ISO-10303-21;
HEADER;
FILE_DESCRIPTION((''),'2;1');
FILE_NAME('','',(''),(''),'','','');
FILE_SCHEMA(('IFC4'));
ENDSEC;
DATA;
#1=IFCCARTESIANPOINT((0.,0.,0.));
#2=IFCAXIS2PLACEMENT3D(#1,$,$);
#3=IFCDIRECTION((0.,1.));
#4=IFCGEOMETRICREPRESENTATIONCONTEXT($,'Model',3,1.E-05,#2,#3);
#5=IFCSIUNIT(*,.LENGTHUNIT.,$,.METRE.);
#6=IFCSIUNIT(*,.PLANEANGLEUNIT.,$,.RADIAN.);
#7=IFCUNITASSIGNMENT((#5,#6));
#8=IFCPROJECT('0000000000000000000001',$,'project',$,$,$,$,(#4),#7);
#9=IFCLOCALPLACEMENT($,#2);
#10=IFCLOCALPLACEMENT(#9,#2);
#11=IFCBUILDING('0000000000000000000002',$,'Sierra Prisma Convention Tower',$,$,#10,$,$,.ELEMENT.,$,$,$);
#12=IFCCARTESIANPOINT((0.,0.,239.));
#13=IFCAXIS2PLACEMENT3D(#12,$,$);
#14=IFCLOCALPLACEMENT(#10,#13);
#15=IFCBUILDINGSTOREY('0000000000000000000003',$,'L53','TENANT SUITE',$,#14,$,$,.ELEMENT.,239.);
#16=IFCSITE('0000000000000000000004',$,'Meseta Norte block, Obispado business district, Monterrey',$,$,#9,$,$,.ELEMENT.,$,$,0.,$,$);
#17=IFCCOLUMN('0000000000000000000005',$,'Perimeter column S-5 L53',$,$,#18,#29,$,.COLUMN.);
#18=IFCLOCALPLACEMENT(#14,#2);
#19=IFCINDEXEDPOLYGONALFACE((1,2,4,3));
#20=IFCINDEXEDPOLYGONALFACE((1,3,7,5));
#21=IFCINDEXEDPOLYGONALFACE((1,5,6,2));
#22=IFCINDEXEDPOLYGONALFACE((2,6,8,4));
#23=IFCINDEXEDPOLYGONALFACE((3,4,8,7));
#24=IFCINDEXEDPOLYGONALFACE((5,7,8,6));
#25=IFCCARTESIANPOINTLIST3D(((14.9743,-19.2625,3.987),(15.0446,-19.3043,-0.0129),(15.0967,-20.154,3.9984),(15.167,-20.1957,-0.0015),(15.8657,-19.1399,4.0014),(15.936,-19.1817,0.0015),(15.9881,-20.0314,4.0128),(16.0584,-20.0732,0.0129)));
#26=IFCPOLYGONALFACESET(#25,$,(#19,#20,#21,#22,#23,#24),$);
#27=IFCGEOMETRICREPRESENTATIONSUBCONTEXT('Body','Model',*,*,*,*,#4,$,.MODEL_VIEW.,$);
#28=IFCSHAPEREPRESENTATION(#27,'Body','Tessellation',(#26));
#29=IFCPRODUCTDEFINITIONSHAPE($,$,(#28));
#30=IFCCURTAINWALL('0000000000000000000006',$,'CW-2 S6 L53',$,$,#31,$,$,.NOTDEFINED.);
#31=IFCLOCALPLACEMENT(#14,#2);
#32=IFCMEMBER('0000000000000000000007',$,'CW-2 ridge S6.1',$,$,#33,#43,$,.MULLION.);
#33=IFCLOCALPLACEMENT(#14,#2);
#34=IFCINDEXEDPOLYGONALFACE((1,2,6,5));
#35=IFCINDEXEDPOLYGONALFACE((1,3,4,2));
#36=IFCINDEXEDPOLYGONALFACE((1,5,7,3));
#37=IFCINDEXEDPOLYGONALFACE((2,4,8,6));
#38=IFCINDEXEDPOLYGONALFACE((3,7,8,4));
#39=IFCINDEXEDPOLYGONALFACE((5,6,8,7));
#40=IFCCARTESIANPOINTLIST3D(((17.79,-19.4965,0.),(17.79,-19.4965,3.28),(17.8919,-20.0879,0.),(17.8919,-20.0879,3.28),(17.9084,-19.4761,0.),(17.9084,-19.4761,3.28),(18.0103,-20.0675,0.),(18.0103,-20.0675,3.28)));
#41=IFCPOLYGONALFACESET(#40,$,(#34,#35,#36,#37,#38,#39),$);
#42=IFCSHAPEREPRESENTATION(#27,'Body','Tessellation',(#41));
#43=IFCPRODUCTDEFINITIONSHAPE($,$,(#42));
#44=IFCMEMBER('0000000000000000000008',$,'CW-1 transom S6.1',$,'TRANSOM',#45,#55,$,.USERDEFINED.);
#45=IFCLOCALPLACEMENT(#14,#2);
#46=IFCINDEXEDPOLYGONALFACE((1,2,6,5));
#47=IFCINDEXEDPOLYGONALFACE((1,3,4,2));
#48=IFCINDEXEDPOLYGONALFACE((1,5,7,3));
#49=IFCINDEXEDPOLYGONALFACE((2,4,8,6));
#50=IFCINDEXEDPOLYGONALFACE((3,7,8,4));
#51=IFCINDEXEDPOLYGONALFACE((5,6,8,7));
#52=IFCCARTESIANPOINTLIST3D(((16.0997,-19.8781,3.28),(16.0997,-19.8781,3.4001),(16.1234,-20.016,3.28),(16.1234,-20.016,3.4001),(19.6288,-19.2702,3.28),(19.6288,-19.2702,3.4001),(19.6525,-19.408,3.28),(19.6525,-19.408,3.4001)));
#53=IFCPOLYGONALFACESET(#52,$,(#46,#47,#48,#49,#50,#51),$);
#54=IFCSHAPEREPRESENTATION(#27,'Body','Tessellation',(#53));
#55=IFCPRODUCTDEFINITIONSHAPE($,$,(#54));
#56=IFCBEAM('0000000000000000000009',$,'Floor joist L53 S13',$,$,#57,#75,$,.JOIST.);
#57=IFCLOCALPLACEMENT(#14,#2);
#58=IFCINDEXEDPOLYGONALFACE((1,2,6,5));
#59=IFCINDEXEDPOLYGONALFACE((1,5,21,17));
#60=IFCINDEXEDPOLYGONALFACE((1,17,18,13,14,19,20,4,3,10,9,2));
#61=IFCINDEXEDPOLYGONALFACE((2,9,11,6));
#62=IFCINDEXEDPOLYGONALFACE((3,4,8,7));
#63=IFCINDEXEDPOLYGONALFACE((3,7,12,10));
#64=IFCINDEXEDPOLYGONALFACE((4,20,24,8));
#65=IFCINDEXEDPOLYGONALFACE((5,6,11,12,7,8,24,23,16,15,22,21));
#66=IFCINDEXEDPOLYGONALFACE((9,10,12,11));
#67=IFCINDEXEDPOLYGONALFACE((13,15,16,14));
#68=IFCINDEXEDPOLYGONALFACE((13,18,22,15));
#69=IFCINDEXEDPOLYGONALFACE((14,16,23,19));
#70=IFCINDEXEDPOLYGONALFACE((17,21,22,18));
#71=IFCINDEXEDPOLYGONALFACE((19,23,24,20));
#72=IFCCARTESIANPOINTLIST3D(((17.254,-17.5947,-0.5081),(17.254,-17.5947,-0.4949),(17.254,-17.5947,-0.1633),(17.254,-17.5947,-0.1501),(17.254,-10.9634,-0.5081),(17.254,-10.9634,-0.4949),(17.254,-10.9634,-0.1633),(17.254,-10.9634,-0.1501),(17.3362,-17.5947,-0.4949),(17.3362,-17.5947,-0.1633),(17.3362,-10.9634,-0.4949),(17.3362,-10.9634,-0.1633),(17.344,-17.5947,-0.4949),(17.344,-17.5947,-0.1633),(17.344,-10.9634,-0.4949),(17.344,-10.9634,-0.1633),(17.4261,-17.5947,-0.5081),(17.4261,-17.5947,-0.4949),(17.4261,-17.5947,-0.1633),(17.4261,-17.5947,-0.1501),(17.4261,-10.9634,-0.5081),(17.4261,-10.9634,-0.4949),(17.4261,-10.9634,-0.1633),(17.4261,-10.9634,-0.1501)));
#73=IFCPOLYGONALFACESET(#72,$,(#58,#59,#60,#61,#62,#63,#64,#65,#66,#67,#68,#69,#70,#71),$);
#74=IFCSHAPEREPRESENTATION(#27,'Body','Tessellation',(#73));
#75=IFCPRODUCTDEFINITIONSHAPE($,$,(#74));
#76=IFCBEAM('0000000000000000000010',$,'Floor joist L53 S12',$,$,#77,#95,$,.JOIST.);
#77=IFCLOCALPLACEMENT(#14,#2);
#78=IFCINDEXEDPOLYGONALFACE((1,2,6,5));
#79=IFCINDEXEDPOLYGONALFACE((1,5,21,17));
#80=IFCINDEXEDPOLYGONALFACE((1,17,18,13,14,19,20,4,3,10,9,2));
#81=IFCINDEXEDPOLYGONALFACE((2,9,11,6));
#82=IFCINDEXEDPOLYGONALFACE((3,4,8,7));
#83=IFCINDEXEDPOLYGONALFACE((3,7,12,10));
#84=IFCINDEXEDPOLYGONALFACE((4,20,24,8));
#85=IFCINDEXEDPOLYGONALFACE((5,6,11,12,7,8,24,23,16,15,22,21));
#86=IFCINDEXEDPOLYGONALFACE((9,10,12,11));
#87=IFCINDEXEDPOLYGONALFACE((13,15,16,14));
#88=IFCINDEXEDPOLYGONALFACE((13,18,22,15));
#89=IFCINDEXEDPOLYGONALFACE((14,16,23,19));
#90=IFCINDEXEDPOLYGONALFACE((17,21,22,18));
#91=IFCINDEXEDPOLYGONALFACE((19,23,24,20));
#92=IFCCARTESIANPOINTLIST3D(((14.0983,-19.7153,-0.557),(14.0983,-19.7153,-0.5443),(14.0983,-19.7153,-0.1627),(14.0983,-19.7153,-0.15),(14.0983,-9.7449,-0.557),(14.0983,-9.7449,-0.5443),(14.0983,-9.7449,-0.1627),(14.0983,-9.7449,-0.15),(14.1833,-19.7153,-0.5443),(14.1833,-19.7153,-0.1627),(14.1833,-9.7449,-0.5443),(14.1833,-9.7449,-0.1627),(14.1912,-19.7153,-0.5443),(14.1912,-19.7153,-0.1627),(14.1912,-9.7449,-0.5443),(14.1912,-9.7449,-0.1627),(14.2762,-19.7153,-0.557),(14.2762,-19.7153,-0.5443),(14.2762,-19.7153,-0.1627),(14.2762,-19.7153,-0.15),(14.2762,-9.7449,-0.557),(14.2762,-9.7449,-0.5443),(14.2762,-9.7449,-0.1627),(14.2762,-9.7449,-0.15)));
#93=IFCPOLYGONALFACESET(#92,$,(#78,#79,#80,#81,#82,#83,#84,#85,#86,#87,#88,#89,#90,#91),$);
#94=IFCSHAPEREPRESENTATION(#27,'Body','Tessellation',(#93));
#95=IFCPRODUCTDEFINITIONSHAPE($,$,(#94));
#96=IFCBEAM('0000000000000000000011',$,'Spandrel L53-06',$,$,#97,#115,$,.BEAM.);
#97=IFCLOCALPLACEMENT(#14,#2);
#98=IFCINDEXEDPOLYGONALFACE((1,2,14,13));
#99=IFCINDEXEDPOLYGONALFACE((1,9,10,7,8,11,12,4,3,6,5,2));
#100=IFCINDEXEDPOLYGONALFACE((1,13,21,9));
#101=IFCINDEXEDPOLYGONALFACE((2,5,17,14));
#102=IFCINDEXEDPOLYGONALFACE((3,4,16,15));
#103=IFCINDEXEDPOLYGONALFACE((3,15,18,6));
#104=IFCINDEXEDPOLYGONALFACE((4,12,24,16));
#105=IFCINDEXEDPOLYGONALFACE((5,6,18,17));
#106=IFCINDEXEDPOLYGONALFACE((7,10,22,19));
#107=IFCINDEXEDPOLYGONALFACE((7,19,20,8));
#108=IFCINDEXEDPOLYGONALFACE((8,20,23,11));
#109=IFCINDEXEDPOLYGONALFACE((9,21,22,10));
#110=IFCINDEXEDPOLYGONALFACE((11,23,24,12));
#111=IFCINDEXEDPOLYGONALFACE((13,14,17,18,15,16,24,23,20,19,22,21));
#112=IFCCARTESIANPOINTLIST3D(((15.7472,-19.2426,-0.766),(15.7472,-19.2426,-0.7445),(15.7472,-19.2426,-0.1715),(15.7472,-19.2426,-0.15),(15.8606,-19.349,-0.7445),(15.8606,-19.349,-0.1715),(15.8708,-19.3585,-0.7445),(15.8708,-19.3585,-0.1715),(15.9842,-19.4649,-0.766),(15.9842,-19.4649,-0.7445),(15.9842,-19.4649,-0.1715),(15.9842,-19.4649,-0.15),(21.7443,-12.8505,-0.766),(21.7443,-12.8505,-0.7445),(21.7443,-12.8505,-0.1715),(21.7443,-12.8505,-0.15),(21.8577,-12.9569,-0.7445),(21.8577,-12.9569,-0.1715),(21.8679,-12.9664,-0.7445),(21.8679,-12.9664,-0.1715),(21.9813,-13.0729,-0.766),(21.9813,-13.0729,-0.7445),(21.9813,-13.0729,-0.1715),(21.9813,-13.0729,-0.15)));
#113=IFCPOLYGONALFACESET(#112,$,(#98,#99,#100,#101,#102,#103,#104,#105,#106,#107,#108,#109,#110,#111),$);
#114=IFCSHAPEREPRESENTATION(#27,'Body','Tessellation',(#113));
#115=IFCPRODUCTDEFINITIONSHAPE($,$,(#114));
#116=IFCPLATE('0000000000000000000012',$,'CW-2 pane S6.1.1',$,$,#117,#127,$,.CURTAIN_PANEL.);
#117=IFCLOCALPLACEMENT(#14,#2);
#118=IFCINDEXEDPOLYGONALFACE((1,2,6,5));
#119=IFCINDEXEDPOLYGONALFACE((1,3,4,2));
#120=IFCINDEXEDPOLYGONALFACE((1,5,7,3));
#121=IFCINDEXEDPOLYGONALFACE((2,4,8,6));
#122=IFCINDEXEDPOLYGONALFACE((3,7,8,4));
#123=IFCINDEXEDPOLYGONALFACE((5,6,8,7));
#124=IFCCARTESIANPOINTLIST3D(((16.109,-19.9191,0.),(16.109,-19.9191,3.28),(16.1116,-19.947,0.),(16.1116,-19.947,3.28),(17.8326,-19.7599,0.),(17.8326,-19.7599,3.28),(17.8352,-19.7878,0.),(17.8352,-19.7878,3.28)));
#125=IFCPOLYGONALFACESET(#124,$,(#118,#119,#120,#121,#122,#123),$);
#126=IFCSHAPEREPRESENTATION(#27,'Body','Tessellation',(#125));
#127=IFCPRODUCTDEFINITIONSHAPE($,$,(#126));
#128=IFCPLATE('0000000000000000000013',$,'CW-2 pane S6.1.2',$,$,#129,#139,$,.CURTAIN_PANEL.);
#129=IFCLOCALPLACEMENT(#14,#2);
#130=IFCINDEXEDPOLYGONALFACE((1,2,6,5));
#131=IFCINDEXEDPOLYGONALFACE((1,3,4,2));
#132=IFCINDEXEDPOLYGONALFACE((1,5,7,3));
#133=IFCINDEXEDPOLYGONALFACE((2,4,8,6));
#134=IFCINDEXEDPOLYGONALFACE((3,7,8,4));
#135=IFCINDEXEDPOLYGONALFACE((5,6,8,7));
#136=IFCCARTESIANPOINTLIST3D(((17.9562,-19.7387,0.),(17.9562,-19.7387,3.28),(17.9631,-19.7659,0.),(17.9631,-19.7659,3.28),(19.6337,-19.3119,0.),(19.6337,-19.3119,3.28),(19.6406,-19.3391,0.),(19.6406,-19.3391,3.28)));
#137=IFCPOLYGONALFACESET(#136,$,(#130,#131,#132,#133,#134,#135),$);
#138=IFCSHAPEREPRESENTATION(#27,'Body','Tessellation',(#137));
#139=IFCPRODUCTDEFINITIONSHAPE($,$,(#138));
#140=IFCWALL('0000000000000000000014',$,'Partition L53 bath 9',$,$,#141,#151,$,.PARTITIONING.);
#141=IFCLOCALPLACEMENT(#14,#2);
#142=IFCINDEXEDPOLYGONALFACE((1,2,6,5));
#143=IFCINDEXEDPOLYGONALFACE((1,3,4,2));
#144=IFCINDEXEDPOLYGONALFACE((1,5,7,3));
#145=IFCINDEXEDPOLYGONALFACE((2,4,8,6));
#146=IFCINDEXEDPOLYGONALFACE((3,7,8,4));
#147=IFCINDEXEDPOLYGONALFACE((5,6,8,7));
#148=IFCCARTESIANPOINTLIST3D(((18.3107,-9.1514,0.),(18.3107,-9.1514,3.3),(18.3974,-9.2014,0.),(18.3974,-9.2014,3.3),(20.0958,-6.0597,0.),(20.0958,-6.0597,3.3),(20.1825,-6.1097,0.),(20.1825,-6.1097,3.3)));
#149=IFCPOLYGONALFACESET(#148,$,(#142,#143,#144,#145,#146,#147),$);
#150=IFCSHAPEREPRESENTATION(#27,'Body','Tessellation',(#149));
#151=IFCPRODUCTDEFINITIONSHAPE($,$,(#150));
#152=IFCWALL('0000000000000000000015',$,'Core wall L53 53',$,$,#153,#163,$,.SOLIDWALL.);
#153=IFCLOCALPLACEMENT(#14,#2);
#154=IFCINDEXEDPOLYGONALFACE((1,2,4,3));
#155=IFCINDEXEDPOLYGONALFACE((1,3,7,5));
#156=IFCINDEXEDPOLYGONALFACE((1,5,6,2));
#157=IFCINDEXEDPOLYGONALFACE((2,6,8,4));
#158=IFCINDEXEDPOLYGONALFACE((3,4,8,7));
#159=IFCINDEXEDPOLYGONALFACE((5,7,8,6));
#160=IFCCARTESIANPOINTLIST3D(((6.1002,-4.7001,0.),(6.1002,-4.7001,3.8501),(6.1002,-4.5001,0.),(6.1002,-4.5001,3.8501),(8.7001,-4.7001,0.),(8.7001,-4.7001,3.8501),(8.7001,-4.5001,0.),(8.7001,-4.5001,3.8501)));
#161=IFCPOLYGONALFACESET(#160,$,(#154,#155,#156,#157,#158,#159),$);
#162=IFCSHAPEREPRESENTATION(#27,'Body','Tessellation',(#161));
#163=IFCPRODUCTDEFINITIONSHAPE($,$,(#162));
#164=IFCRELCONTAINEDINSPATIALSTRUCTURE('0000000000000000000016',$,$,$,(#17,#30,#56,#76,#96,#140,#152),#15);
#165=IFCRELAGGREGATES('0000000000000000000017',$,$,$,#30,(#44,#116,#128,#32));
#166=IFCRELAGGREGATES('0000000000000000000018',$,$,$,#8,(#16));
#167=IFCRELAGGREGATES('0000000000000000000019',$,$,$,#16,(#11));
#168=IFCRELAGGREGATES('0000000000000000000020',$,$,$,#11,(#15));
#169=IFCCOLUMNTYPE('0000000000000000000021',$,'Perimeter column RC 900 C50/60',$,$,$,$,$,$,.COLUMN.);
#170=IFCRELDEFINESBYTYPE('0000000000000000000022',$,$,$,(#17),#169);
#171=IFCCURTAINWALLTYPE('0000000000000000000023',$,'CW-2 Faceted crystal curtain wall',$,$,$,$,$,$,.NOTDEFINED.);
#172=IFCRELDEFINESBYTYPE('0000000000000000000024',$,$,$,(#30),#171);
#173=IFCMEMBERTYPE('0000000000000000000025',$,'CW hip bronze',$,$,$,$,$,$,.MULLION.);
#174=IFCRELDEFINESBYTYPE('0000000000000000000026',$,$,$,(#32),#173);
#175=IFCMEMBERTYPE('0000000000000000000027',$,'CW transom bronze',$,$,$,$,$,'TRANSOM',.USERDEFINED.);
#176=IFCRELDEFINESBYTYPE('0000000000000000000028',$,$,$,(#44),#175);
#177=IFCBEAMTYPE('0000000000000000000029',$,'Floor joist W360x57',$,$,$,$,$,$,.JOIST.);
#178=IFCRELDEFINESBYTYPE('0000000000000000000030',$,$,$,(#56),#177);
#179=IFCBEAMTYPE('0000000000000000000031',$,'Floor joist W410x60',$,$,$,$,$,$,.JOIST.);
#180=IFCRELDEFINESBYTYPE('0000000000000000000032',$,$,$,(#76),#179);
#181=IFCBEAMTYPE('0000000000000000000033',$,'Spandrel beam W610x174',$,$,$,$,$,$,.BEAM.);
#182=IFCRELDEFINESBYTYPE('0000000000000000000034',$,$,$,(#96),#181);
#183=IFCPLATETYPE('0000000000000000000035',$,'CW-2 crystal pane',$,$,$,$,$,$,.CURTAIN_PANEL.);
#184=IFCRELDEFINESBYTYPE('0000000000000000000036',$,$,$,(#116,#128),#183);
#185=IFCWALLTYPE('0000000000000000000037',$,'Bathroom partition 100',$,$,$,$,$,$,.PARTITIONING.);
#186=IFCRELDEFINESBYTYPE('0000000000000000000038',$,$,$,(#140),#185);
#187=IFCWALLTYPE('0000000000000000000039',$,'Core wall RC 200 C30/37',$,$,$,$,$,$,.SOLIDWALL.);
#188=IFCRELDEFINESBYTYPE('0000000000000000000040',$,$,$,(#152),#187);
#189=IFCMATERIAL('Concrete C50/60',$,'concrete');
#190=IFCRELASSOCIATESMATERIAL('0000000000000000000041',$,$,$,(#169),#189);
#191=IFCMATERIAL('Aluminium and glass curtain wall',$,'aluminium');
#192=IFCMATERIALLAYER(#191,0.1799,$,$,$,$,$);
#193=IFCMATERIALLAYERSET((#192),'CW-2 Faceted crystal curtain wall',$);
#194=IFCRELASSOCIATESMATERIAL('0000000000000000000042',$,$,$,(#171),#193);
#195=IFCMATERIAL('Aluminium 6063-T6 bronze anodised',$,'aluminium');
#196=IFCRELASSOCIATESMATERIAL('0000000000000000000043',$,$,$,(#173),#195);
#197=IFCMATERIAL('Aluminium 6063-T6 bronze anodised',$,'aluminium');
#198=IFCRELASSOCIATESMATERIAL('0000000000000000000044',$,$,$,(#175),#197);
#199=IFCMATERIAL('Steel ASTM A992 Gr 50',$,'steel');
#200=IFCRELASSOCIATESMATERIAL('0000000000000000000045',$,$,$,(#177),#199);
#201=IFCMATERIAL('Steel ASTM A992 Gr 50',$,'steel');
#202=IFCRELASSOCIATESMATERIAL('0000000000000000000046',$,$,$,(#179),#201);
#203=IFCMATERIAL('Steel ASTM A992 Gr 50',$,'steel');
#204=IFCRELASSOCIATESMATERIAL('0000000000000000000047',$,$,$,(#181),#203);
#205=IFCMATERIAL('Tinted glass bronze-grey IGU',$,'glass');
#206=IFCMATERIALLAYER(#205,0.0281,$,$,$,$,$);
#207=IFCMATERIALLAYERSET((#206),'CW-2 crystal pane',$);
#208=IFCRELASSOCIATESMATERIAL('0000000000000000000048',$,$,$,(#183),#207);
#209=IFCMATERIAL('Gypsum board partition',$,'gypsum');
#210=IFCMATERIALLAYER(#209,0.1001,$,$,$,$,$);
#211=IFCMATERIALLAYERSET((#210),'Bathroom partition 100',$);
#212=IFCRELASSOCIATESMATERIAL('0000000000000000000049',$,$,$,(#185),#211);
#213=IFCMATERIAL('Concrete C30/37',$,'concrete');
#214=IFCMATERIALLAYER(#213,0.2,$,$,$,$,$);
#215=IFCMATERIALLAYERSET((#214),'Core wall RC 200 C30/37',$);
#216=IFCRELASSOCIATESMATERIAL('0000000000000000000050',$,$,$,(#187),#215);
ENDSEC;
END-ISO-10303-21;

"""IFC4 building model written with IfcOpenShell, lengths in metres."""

from ifc_helpers import new_model, si_unit, direction, frame, frame_2d, origin, origin_2d, place, context, subcontext, project, spatial, polyline, rectangle, i_section, outline, extrude, material, layer, layer_set, material_profile, profile_set, type_object, element, aggregate, save


model = new_model("IFC4")

# Units and contexts
model_context = context("Model", 3, precision=1e-05, world=origin(), true_north=direction((0.0, 1.0)))
body_context = subcontext(model_context, "Body", "Model", "MODEL_VIEW")
ifc_project = project(units=[si_unit("LENGTHUNIT", "METRE"), si_unit("PLANEANGLEUNIT", "RADIAN")], contexts=[model_context])

# Site, building, storey
site_placement = place(None, origin())
site = spatial("IfcSite", under=ifc_project, at=site_placement, Name="Meseta Norte block, Obispado business district, Monterrey", CompositionType="ELEMENT", RefElevation=0.0)
building_placement = place(site_placement, origin())
building = spatial("IfcBuilding", under=site, at=building_placement, Name="Sierra Prisma Convention Tower", CompositionType="ELEMENT")
storey_placement = place(building_placement, frame((0.0, 0.0, 239.0)))
storey = spatial("IfcBuildingStorey", under=building, at=storey_placement, Name="L53", Description="TENANT SUITE", CompositionType="ELEMENT", Elevation=239.0)

# Column
ifc_material_1 = material(Name="Concrete C50/60", Category="concrete")
ifc_material_profile_1 = material_profile(ifc_material_1, rectangle(XDim=0.8999, YDim=0.8999, at=origin_2d()), Name="Perimeter column RC 900 C50/60")
ifc_profile_set_1 = profile_set([ifc_material_profile_1], Name="Concrete C50/60")
column_type = type_object("IfcColumnType", Name="Perimeter column RC 900 C50/60", PredefinedType="COLUMN", material=ifc_profile_set_1)
column_placement = place(storey_placement, frame((15.5515, -19.6887, 0.0), z_axis=(-0.017574, 0.010435, 0.999791), x_axis=(0.990548, 0.136231, 0.01599)))
element("IfcColumn", 1, at=column_placement, inside=storey, type_object=column_type, Name="Perimeter column S-5 L53", PredefinedType="COLUMN", context=body_context, shape_type="SweptSolid", body=[
    extrude(rectangle(XDim=0.8999, YDim=0.8999, at=origin_2d()), origin(), (0.0, 0.0, 1.0), 4.0007),
])

# Curtain wall, members
ifc_material_2 = material(Name="Aluminium and glass curtain wall", Category="aluminium")
ifc_layer_1 = layer(ifc_material_2, 0.1799)
ifc_layer_set_1 = layer_set([ifc_layer_1], Name="CW-2 Faceted crystal curtain wall")
curtain_wall_type = type_object("IfcCurtainWallType", Name="CW-2 Faceted crystal curtain wall", PredefinedType="NOTDEFINED", material=ifc_layer_set_1)
curtain_wall_placement = place(storey_placement, origin())
curtain_wall = element("IfcCurtainWall", 2, at=curtain_wall_placement, inside=storey, type_object=curtain_wall_type, Name="CW-2 S6 L53", PredefinedType="NOTDEFINED")
ifc_material_3 = material(Name="Aluminium 6063-T6 bronze anodised", Category="aluminium")
ifc_material_profile_2 = material_profile(ifc_material_3, rectangle(XDim=0.1201, YDim=0.6001, at=origin_2d()), Name="ALU RIDGE BLADE 120x600")
ifc_profile_set_2 = profile_set([ifc_material_profile_2], Name="Aluminium 6063-T6 bronze anodised")
member_type_1 = type_object("IfcMemberType", Name="CW hip bronze", PredefinedType="MULLION", material=ifc_profile_set_2)
member_1_placement = place(storey_placement, frame((17.9001, -19.782, 0.0), z_axis=(0.0, 0.0, 1.0), x_axis=(0.985483, 0.169773, 0.0)))
member_1 = element("IfcMember", 3, at=member_1_placement, type_object=member_type_1, Name="CW-2 ridge S6.1", PredefinedType="MULLION", context=body_context, shape_type="SweptSolid", body=[
    extrude(rectangle(XDim=0.1201, YDim=0.6001, at=origin_2d()), origin(), (0.0, 0.0, 1.0), 3.28),
])
ifc_material_4 = material(Name="Aluminium 6063-T6 bronze anodised", Category="aluminium")
ifc_material_profile_3 = material_profile(ifc_material_4, rectangle(XDim=0.1399, YDim=0.1201, at=origin_2d()), Name="ALU TRANSOM 120x140")
ifc_profile_set_3 = profile_set([ifc_material_profile_3], Name="Aluminium 6063-T6 bronze anodised")
member_type_2 = type_object("IfcMemberType", Name="CW transom bronze", ElementType="TRANSOM", PredefinedType="USERDEFINED", material=ifc_profile_set_3)
member_2_placement = place(storey_placement, frame((16.1116, -19.947, 3.3401), z_axis=(0.985486, 0.169759, 0.0), x_axis=(-0.169759, 0.985486, 0.0)))
member_2 = element("IfcMember", 4, at=member_2_placement, type_object=member_type_2, Name="CW-1 transom S6.1", ObjectType="TRANSOM", PredefinedType="USERDEFINED", context=body_context, shape_type="SweptSolid", body=[
    extrude(rectangle(XDim=0.1399, YDim=0.1201, at=origin_2d()), origin(), (0.0, 0.0, 1.0), 3.5811),
])

# Beams
ifc_material_5 = material(Name="Steel ASTM A992 Gr 50", Category="steel")
ifc_material_profile_4 = material_profile(ifc_material_5, i_section(OverallWidth=0.1721, OverallDepth=0.3579, WebThickness=0.0078, FlangeThickness=0.0132, at=origin_2d()), Name="W360x57")
ifc_profile_set_4 = profile_set([ifc_material_profile_4], Name="Steel ASTM A992 Gr 50")
beam_type_1 = type_object("IfcBeamType", Name="Floor joist W360x57", PredefinedType="JOIST", material=ifc_profile_set_4)
beam_1_placement = place(storey_placement, frame((17.3401, -17.5947, -0.3291), z_axis=(0.0, 1.0, 0.0), x_axis=(-1.0, 0.0, 0.0)))
element("IfcBeam", 5, at=beam_1_placement, inside=storey, type_object=beam_type_1, Name="Floor joist L53 S13", PredefinedType="JOIST", context=body_context, shape_type="SweptSolid", body=[
    extrude(i_section(OverallWidth=0.1721, OverallDepth=0.3579, WebThickness=0.0078, FlangeThickness=0.0132, at=origin_2d()), origin(), (0.0, 0.0, 1.0), 6.6313),
])
ifc_material_6 = material(Name="Steel ASTM A992 Gr 50", Category="steel")
ifc_material_profile_5 = material_profile(ifc_material_6, i_section(OverallWidth=0.178, OverallDepth=0.407, WebThickness=0.0078, FlangeThickness=0.0127, at=origin_2d()), Name="W410x60")
ifc_profile_set_5 = profile_set([ifc_material_profile_5], Name="Steel ASTM A992 Gr 50")
beam_type_2 = type_object("IfcBeamType", Name="Floor joist W410x60", PredefinedType="JOIST", material=ifc_profile_set_5)
beam_2_placement = place(storey_placement, frame((14.1873, -19.7153, -0.3535), z_axis=(0.0, 1.0, 0.0), x_axis=(-1.0, 0.0, 0.0)))
element("IfcBeam", 6, at=beam_2_placement, inside=storey, type_object=beam_type_2, Name="Floor joist L53 S12", PredefinedType="JOIST", context=body_context, shape_type="SweptSolid", body=[
    extrude(i_section(OverallWidth=0.178, OverallDepth=0.407, WebThickness=0.0078, FlangeThickness=0.0127, at=origin_2d()), origin(), (0.0, 0.0, 1.0), 9.9705),
])
ifc_material_7 = material(Name="Steel ASTM A992 Gr 50", Category="steel")
ifc_material_profile_6 = material_profile(ifc_material_7, i_section(OverallWidth=0.325, OverallDepth=0.616, WebThickness=0.0139, FlangeThickness=0.0215, at=origin_2d()), Name="W610x174")
ifc_profile_set_6 = profile_set([ifc_material_profile_6], Name="Steel ASTM A992 Gr 50")
beam_type_3 = type_object("IfcBeamType", Name="Spandrel beam W610x174", PredefinedType="BEAM", material=ifc_profile_set_6)
beam_3_placement = place(storey_placement, frame((15.8657, -19.3538, -0.458), z_axis=(0.684213, 0.729282, 0.0), x_axis=(-0.729282, 0.684213, 0.0)))
element("IfcBeam", 7, at=beam_3_placement, inside=storey, type_object=beam_type_3, Name="Spandrel L53-06", PredefinedType="BEAM", context=body_context, shape_type="SweptSolid", body=[
    extrude(i_section(OverallWidth=0.325, OverallDepth=0.616, WebThickness=0.0139, FlangeThickness=0.0215, at=origin_2d()), origin(), (0.0, 0.0, 1.0), 8.7649),
])

# Plates
ifc_material_8 = material(Name="Tinted glass bronze-grey IGU", Category="glass")
ifc_layer_2 = layer(ifc_material_8, 0.0281)
ifc_layer_set_2 = layer_set([ifc_layer_2], Name="CW-2 crystal pane")
plate_type = type_object("IfcPlateType", Name="CW-2 crystal pane", PredefinedType="CURTAIN_PANEL", material=ifc_layer_set_2)
plate_1_placement = place(storey_placement, frame((16.1116, -19.947, 0.0), z_axis=(0.09196, -0.995763, 0.0), x_axis=(0.995763, 0.09196, 0.0)))
plate_1 = element("IfcPlate", 8, at=plate_1_placement, type_object=plate_type, Name="CW-2 pane S6.1.1", PredefinedType="CURTAIN_PANEL", context=body_context, shape_type="SweptSolid", body=[
    extrude(outline(polyline([(0.0, 0.0), (1.731, 0.0), (1.731, 3.28), (0.0, 3.28), (0.0, 0.0)])), origin(), (0.0, 0.0, -1.0), 0.0281),
])
plate_2_placement = place(storey_placement, frame((19.6406, -19.3391, 0.0), z_axis=(0.246549, -0.96913, 0.0), x_axis=(-0.96913, -0.246549, 0.0)))
plate_2 = element("IfcPlate", 9, at=plate_2_placement, type_object=plate_type, Name="CW-2 pane S6.1.2", PredefinedType="CURTAIN_PANEL", context=body_context, shape_type="SweptSolid", body=[
    extrude(outline(polyline([(0.0, 0.0), (1.7309, 0.0), (1.7309, -3.28), (0.0, -3.28), (0.0, 0.0)])), origin(), (0.0, 0.0, -1.0), 0.0281),
])
aggregate(curtain_wall, [member_2, plate_1, plate_2, member_1])

# Walls
ifc_material_9 = material(Name="Gypsum board partition", Category="gypsum")
ifc_layer_3 = layer(ifc_material_9, 0.1001)
ifc_layer_set_3 = layer_set([ifc_layer_3], Name="Bathroom partition 100")
wall_type_1 = type_object("IfcWallType", Name="Bathroom partition 100", PredefinedType="PARTITIONING", material=ifc_layer_set_3)
wall_1_placement = place(storey_placement, frame((18.354, -9.1765, 0.0), z_axis=(0.0, 0.0, 1.0), x_axis=(0.500022, 0.866012, 0.0)))
element("IfcWall", 10, at=wall_1_placement, inside=storey, type_object=wall_type_1, Name="Partition L53 bath 9", PredefinedType="PARTITIONING", context=body_context, shape_type="SweptSolid", body=[
    extrude(rectangle(XDim=3.5701, YDim=0.1001, at=frame_2d((1.7852, 0.0))), origin(), (0.0, 0.0, 1.0), 3.3),
])
ifc_material_10 = material(Name="Concrete C30/37", Category="concrete")
ifc_layer_4 = layer(ifc_material_10, 0.2)
ifc_layer_set_4 = layer_set([ifc_layer_4], Name="Core wall RC 200 C30/37")
wall_type_2 = type_object("IfcWallType", Name="Core wall RC 200 C30/37", PredefinedType="SOLIDWALL", material=ifc_layer_set_4)
wall_2_placement = place(storey_placement, frame((8.7, -4.6001, 0.0), z_axis=(0.0, 0.0, 1.0), x_axis=(-1.0, 0.0, 0.0)))
element("IfcWall", 11, at=wall_2_placement, inside=storey, type_object=wall_type_2, Name="Core wall L53 53", PredefinedType="SOLIDWALL", context=body_context, shape_type="SweptSolid", body=[
    extrude(rectangle(XDim=2.5999, YDim=0.2, at=frame_2d((1.2998, 0.0))), origin(), (0.0, 0.0, 1.0), 3.8501),
])

save(model, "model.ifc")
